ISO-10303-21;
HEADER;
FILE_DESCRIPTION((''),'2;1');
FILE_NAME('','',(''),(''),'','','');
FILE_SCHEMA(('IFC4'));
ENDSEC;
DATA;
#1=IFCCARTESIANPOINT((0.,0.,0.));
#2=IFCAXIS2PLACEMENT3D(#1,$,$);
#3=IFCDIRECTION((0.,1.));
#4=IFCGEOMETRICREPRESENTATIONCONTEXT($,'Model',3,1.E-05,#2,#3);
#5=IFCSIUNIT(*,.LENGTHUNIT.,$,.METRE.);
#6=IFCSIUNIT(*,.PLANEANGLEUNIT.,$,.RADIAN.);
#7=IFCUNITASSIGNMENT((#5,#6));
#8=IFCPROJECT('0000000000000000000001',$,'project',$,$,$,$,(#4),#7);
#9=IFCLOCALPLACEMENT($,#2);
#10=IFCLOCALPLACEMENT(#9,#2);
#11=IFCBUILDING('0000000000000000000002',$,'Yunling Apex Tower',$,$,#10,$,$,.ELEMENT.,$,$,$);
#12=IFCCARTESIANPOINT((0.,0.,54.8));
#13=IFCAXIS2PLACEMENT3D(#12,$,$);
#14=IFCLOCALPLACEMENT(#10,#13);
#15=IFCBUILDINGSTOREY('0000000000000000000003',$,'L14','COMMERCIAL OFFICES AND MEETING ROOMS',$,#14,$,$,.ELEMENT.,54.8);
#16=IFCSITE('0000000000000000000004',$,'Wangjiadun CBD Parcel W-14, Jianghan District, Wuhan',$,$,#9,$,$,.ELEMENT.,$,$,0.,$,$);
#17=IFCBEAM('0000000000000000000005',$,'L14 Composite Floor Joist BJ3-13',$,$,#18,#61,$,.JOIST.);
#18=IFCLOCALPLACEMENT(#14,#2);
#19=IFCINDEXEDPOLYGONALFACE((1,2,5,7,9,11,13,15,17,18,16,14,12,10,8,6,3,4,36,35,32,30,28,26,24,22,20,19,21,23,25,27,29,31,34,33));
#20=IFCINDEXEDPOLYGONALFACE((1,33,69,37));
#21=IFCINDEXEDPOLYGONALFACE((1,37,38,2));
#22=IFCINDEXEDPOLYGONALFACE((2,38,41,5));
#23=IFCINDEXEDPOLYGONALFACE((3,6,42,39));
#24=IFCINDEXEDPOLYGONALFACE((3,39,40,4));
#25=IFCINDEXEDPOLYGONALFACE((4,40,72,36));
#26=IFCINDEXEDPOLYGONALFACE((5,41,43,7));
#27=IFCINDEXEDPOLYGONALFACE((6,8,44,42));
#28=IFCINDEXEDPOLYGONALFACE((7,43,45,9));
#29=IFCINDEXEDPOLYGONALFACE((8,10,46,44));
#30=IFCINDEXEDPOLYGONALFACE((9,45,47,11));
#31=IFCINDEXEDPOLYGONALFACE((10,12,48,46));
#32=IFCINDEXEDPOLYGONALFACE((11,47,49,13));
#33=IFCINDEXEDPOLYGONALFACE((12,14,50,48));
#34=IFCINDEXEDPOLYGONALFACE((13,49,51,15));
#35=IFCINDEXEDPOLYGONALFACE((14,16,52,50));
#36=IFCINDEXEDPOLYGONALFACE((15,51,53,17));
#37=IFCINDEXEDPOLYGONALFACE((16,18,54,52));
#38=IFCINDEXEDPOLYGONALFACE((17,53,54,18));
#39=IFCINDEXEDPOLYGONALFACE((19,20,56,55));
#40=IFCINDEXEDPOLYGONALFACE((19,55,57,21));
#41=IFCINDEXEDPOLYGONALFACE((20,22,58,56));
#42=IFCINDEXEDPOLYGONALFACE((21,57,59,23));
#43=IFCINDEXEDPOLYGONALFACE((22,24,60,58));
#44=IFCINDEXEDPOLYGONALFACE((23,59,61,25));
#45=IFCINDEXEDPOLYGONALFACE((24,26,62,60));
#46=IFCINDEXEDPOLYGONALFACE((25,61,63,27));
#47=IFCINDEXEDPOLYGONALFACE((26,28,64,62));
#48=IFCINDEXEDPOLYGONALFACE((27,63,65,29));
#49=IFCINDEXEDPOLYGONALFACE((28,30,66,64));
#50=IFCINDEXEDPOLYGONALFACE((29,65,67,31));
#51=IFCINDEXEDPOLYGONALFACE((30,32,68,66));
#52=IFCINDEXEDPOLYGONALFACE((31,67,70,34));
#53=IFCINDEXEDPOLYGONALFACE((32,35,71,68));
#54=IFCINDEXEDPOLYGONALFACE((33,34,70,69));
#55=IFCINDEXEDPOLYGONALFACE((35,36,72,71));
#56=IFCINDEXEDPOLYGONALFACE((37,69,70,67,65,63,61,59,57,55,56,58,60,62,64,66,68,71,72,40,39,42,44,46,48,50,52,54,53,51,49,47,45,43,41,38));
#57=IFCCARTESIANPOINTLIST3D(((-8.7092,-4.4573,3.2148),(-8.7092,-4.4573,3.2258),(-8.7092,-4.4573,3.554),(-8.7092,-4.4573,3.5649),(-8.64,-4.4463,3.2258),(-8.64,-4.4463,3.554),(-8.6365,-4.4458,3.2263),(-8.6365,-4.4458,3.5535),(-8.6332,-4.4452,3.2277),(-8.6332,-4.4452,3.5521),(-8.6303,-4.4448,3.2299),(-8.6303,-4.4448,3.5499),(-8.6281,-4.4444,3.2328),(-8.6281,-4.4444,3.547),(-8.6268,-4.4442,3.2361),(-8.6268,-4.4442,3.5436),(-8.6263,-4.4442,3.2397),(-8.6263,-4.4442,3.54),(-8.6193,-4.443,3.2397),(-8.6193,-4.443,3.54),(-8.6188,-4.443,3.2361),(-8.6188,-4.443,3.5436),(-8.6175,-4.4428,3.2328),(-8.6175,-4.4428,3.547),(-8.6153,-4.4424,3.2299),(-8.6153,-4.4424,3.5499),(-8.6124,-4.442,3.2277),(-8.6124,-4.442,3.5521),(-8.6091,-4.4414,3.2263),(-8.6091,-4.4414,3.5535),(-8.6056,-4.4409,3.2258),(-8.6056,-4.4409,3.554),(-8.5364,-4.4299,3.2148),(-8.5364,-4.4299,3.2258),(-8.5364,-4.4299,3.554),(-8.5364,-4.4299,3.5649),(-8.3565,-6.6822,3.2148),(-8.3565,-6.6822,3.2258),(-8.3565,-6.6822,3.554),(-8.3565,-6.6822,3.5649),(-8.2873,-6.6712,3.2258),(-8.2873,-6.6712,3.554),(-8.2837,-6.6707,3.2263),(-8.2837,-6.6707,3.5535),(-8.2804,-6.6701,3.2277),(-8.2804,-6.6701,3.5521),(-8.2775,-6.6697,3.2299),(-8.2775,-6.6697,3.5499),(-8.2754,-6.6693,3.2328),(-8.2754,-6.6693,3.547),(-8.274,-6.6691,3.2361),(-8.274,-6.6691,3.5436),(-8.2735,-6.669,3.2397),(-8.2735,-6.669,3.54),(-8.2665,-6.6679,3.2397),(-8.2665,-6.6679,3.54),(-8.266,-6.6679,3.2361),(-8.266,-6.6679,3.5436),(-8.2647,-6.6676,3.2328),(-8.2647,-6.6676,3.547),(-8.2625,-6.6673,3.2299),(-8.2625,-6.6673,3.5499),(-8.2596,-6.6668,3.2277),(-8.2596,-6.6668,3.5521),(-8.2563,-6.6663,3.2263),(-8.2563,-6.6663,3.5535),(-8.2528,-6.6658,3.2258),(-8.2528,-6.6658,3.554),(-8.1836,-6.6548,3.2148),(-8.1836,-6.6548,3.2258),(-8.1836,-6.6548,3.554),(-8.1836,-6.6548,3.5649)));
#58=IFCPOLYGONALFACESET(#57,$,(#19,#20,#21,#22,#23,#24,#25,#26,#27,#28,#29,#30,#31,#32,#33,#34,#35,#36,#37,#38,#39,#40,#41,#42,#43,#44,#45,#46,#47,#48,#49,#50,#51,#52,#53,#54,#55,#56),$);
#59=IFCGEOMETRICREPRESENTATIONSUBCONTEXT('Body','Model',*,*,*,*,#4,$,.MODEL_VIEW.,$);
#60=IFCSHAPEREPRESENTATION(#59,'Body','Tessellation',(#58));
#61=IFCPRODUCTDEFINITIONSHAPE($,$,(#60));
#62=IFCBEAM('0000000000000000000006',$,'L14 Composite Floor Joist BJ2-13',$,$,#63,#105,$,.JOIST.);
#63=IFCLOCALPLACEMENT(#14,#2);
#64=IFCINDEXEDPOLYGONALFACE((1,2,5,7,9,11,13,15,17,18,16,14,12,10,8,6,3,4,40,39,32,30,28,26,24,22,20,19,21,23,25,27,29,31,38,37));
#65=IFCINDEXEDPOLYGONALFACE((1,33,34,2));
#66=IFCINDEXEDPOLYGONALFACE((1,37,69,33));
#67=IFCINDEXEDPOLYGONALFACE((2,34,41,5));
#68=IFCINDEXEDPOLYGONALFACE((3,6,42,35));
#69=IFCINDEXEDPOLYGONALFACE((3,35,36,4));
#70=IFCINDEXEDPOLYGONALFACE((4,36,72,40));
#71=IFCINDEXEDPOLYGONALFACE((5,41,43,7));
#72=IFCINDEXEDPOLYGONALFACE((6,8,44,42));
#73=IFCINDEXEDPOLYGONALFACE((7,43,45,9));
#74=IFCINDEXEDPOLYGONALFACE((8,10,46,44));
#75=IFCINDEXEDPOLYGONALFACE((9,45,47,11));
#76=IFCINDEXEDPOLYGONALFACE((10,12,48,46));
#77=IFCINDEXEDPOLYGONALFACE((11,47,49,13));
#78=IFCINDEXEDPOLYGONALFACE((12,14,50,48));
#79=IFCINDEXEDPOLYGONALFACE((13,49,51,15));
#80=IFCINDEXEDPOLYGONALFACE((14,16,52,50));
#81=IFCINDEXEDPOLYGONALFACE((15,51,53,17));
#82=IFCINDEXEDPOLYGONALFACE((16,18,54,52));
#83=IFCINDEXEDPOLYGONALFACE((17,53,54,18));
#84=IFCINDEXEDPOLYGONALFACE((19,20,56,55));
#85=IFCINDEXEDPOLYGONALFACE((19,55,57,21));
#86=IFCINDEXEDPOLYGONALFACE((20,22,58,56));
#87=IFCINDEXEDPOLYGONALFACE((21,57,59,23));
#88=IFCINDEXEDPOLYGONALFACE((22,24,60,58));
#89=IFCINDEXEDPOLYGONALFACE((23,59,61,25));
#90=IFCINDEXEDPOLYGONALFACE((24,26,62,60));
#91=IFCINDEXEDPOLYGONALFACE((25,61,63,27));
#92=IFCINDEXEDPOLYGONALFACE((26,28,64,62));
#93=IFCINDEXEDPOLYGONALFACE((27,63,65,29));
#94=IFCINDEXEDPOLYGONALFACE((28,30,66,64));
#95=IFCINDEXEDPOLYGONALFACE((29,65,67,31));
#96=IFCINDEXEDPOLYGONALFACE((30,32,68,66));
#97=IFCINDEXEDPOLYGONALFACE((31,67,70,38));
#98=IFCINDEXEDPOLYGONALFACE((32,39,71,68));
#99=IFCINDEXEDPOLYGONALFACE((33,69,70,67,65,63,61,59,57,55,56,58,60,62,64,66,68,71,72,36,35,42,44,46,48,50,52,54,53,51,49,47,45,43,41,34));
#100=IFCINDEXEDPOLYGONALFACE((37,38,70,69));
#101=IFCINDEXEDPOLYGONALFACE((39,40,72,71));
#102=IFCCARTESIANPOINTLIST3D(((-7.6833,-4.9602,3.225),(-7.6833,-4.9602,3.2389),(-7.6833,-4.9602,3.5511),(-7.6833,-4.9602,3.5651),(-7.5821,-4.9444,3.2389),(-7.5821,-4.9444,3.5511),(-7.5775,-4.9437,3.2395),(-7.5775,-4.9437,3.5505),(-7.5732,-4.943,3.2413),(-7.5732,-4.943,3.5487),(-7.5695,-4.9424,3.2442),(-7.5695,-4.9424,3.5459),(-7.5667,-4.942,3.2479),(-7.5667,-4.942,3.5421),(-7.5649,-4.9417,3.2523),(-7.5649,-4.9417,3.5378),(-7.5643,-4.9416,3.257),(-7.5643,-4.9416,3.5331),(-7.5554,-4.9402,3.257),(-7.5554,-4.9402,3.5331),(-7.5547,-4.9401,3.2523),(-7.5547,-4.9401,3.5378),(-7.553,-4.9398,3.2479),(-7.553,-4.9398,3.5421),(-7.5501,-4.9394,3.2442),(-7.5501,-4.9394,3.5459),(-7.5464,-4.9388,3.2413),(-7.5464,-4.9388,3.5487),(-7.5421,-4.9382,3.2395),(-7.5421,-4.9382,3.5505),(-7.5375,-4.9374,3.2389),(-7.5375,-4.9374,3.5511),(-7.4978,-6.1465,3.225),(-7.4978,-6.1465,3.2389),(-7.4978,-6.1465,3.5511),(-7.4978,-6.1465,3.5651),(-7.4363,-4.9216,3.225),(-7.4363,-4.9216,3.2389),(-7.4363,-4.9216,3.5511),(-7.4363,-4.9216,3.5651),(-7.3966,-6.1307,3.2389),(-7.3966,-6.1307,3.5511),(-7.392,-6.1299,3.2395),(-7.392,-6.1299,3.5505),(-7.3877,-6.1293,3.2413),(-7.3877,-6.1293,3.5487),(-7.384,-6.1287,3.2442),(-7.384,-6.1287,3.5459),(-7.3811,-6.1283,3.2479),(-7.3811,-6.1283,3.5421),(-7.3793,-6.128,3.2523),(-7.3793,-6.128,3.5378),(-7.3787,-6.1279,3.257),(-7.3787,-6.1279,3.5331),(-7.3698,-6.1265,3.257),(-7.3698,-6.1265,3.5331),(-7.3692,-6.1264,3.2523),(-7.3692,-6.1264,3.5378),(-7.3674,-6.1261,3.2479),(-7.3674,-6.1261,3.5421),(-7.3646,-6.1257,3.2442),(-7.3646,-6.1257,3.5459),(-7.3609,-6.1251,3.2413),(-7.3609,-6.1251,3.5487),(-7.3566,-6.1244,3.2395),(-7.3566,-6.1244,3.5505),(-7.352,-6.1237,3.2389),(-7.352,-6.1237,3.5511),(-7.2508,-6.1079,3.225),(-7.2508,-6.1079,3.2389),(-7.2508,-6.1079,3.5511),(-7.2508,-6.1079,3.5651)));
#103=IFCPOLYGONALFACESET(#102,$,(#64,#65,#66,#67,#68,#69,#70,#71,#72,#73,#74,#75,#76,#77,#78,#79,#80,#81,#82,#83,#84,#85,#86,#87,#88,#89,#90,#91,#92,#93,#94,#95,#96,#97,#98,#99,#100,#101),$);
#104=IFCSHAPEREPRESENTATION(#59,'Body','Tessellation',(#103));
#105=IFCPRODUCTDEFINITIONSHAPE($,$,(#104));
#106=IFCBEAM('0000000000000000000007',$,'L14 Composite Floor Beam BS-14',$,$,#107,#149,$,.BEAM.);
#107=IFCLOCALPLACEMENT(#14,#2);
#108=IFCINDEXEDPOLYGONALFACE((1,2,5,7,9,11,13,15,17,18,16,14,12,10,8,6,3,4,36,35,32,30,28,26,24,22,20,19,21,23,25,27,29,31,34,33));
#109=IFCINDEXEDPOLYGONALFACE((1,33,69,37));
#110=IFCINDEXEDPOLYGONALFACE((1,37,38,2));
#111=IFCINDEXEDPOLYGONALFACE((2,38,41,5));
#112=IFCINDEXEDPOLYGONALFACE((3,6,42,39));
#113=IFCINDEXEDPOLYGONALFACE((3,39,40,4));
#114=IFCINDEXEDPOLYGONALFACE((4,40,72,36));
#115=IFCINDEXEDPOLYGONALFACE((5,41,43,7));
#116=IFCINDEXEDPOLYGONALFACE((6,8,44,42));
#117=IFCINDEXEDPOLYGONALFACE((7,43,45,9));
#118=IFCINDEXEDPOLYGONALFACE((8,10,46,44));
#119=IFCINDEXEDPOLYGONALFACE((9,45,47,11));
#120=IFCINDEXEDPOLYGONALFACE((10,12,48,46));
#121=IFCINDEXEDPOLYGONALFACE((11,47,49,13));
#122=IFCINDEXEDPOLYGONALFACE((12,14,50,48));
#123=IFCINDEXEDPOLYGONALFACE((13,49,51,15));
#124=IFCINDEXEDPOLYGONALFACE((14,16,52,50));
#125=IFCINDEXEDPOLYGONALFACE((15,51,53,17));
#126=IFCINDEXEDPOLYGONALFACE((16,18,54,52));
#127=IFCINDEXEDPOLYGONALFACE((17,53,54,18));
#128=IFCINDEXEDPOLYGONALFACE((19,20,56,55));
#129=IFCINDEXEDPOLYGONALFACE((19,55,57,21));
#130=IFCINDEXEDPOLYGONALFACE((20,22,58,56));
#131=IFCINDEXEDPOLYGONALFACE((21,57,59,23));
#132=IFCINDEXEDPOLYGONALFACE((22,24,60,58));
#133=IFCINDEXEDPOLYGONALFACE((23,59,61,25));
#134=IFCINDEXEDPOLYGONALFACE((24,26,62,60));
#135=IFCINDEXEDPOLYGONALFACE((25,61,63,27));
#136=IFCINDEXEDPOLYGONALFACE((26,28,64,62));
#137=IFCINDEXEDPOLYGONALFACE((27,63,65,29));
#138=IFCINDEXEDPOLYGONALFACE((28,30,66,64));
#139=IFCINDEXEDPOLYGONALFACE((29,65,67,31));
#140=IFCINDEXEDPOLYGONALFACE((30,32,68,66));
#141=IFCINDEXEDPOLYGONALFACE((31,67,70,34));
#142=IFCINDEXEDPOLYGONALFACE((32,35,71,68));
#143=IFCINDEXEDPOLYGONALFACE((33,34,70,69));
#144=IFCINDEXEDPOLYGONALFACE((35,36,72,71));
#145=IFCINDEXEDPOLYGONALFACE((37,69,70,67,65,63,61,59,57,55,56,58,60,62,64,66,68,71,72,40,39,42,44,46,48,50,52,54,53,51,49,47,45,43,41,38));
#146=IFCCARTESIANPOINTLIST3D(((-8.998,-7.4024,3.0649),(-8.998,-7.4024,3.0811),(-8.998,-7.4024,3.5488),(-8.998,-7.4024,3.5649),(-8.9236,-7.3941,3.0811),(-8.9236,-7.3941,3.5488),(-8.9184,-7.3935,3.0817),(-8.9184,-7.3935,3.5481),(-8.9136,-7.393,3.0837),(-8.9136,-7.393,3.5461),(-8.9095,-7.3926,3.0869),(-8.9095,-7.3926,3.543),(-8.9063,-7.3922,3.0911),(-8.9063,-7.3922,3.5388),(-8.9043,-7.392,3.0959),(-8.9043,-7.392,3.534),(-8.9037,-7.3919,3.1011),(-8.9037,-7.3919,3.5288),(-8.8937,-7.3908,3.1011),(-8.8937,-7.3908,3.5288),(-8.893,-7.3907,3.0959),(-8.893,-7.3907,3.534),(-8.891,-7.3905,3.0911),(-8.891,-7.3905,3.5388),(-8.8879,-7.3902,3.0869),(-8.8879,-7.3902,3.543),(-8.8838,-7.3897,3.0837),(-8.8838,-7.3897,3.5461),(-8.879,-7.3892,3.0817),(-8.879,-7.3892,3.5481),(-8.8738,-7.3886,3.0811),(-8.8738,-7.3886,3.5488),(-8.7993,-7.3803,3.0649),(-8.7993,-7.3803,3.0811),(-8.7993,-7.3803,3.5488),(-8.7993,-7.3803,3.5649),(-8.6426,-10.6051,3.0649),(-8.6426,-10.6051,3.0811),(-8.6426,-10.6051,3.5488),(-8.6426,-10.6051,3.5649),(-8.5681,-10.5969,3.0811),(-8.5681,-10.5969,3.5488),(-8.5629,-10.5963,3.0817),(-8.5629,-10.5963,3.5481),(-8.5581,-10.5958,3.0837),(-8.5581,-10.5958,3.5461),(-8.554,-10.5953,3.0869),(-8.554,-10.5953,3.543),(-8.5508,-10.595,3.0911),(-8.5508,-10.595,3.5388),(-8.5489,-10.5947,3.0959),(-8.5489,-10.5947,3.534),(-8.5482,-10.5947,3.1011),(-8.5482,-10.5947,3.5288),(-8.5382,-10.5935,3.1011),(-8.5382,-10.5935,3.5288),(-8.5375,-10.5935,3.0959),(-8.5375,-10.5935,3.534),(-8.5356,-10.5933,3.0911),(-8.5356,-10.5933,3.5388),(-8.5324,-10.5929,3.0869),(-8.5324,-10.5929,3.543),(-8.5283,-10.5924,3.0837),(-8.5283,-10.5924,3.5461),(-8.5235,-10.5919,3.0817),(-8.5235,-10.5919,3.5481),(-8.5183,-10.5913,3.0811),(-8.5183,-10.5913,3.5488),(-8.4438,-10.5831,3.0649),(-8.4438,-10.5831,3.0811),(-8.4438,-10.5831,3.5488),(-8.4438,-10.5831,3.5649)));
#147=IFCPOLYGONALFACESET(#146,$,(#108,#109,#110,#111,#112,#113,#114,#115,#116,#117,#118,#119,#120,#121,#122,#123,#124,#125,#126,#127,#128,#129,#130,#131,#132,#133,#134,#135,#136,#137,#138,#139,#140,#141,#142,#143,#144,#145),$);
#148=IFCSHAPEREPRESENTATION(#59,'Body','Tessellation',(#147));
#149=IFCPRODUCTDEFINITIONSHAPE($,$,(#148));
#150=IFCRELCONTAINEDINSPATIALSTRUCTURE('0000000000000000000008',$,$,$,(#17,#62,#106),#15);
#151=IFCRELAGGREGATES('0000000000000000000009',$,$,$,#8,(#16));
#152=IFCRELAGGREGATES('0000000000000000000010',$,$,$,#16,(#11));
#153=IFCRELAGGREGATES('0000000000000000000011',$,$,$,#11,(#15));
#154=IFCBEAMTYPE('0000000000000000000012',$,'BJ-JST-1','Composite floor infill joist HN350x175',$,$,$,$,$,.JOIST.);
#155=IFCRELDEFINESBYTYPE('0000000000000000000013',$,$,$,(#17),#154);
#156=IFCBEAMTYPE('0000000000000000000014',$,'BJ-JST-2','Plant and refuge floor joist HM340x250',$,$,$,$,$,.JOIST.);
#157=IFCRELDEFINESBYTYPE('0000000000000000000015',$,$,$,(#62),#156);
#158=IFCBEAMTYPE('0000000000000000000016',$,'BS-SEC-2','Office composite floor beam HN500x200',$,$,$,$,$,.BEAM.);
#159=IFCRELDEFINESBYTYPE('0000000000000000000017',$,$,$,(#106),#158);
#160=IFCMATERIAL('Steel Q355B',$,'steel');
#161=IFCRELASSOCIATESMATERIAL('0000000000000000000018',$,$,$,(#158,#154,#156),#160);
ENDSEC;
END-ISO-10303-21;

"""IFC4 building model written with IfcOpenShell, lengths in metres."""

from ifc_helpers import new_model, si_unit, direction, frame, origin, origin_2d, place, context, subcontext, project, spatial, i_section, extrude, source, transform, mapped, material, material_profile, profile_set, type_object, element, save


model = new_model("IFC4")

# Units and contexts
model_context = context("Model", 3, precision=1e-05, world=origin(), true_north=direction((0.0, 1.0)))
body_context = subcontext(model_context, "Body", "Model", "MODEL_VIEW")
ifc_project = project(units=[si_unit("LENGTHUNIT", "METRE"), si_unit("PLANEANGLEUNIT", "RADIAN")], contexts=[model_context])

# Site, building, storey
site_placement = place(None, origin())
site = spatial("IfcSite", under=ifc_project, at=site_placement, Name="Wangjiadun CBD Parcel W-14, Jianghan District, Wuhan", CompositionType="ELEMENT", RefElevation=0.0)
building_placement = place(site_placement, origin())
building = spatial("IfcBuilding", under=site, at=building_placement, Name="Yunling Apex Tower", CompositionType="ELEMENT")
storey_placement = place(building_placement, frame((0.0, 0.0, 54.8)))
storey = spatial("IfcBuildingStorey", under=building, at=storey_placement, Name="L14", Description="COMMERCIAL OFFICES AND MEETING ROOMS", CompositionType="ELEMENT", Elevation=54.8)

# Beams
ifc_material_1 = material(Name="Steel Q355B", Category="steel")
ifc_material_profile_1 = material_profile(ifc_material_1, i_section(OverallWidth=0.2, OverallDepth=0.5, WebThickness=0.01, FlangeThickness=0.0161, FilletRadius=0.02, at=origin_2d()))
ifc_profile_set_1 = profile_set([ifc_material_profile_1], Name="Steel Q355B")
beam_type_1 = type_object("IfcBeamType", Name="BS-SEC-2", Description="Office composite floor beam HN500x200", PredefinedType="BEAM", material=ifc_profile_set_1)
ifc_material_profile_2 = material_profile(ifc_material_1, i_section(OverallWidth=0.175, OverallDepth=0.3501, WebThickness=0.0071, FlangeThickness=0.011, FilletRadius=0.0139, at=origin_2d()))
ifc_profile_set_2 = profile_set([ifc_material_profile_2], Name="Steel Q355B")
beam_type_2 = type_object("IfcBeamType", Name="BJ-JST-1", Description="Composite floor infill joist HN350x175", PredefinedType="JOIST", material=ifc_profile_set_2)
shared_shape_1 = source(origin(), body_context, "Body", "SweptSolid", [
    extrude(i_section(OverallWidth=0.175, OverallDepth=0.3501, WebThickness=0.0071, FlangeThickness=0.011, FilletRadius=0.0139, at=origin_2d()), origin(), (0.0, 0.0, 1.0), 2.2527),
])
beam_1_placement = place(storey_placement, frame((-8.6228, -4.4436, 3.3899), z_axis=(0.156608, -0.987661, 0.0), x_axis=(0.987661, 0.156608, 0.0)))
element("IfcBeam", 1, at=beam_1_placement, inside=storey, type_object=beam_type_2, Name="L14 Composite Floor Joist BJ3-13", PredefinedType="JOIST", context=body_context, shape_type="MappedRepresentation", body=[
    mapped(shared_shape_1, transform((0.0, 0.0, 0.0), scale=1.0)),
])
ifc_material_profile_3 = material_profile(ifc_material_1, i_section(OverallWidth=0.25, OverallDepth=0.3401, WebThickness=0.009, FlangeThickness=0.0139, FilletRadius=0.0181, at=origin_2d()))
ifc_profile_set_3 = profile_set([ifc_material_profile_3], Name="Steel Q355B")
beam_type_3 = type_object("IfcBeamType", Name="BJ-JST-2", Description="Plant and refuge floor joist HM340x250", PredefinedType="JOIST", material=ifc_profile_set_3)
shared_shape_2 = source(origin(), body_context, "Body", "SweptSolid", [
    extrude(i_section(OverallWidth=0.25, OverallDepth=0.3401, WebThickness=0.009, FlangeThickness=0.0139, FilletRadius=0.0181, at=origin_2d()), origin(), (0.0, 0.0, 1.0), 1.2007),
])
beam_2_placement = place(storey_placement, frame((-7.5598, -4.9409, 3.395), z_axis=(0.154532, -0.987988, 0.0), x_axis=(0.987988, 0.154532, 0.0)))
element("IfcBeam", 2, at=beam_2_placement, inside=storey, type_object=beam_type_3, Name="L14 Composite Floor Joist BJ2-13", PredefinedType="JOIST", context=body_context, shape_type="MappedRepresentation", body=[
    mapped(shared_shape_2, transform((0.0, 0.0, 0.0), scale=1.0)),
])
shared_shape_3 = source(origin(), body_context, "Body", "SweptSolid", [
    extrude(i_section(OverallWidth=0.2, OverallDepth=0.5, WebThickness=0.01, FlangeThickness=0.0161, FilletRadius=0.02, at=origin_2d()), origin(), (0.0, 0.0, 1.0), 3.2224),
])
beam_3_placement = place(storey_placement, frame((-8.8987, -7.3914, 3.3149), z_axis=(0.110315, -0.993897, 0.0), x_axis=(0.993897, 0.110315, 0.0)))
element("IfcBeam", 3, at=beam_3_placement, inside=storey, type_object=beam_type_1, Name="L14 Composite Floor Beam BS-14", PredefinedType="BEAM", context=body_context, shape_type="MappedRepresentation", body=[
    mapped(shared_shape_3, transform((0.0, 0.0, 0.0), scale=1.0)),
])

save(model, "model.ifc")
